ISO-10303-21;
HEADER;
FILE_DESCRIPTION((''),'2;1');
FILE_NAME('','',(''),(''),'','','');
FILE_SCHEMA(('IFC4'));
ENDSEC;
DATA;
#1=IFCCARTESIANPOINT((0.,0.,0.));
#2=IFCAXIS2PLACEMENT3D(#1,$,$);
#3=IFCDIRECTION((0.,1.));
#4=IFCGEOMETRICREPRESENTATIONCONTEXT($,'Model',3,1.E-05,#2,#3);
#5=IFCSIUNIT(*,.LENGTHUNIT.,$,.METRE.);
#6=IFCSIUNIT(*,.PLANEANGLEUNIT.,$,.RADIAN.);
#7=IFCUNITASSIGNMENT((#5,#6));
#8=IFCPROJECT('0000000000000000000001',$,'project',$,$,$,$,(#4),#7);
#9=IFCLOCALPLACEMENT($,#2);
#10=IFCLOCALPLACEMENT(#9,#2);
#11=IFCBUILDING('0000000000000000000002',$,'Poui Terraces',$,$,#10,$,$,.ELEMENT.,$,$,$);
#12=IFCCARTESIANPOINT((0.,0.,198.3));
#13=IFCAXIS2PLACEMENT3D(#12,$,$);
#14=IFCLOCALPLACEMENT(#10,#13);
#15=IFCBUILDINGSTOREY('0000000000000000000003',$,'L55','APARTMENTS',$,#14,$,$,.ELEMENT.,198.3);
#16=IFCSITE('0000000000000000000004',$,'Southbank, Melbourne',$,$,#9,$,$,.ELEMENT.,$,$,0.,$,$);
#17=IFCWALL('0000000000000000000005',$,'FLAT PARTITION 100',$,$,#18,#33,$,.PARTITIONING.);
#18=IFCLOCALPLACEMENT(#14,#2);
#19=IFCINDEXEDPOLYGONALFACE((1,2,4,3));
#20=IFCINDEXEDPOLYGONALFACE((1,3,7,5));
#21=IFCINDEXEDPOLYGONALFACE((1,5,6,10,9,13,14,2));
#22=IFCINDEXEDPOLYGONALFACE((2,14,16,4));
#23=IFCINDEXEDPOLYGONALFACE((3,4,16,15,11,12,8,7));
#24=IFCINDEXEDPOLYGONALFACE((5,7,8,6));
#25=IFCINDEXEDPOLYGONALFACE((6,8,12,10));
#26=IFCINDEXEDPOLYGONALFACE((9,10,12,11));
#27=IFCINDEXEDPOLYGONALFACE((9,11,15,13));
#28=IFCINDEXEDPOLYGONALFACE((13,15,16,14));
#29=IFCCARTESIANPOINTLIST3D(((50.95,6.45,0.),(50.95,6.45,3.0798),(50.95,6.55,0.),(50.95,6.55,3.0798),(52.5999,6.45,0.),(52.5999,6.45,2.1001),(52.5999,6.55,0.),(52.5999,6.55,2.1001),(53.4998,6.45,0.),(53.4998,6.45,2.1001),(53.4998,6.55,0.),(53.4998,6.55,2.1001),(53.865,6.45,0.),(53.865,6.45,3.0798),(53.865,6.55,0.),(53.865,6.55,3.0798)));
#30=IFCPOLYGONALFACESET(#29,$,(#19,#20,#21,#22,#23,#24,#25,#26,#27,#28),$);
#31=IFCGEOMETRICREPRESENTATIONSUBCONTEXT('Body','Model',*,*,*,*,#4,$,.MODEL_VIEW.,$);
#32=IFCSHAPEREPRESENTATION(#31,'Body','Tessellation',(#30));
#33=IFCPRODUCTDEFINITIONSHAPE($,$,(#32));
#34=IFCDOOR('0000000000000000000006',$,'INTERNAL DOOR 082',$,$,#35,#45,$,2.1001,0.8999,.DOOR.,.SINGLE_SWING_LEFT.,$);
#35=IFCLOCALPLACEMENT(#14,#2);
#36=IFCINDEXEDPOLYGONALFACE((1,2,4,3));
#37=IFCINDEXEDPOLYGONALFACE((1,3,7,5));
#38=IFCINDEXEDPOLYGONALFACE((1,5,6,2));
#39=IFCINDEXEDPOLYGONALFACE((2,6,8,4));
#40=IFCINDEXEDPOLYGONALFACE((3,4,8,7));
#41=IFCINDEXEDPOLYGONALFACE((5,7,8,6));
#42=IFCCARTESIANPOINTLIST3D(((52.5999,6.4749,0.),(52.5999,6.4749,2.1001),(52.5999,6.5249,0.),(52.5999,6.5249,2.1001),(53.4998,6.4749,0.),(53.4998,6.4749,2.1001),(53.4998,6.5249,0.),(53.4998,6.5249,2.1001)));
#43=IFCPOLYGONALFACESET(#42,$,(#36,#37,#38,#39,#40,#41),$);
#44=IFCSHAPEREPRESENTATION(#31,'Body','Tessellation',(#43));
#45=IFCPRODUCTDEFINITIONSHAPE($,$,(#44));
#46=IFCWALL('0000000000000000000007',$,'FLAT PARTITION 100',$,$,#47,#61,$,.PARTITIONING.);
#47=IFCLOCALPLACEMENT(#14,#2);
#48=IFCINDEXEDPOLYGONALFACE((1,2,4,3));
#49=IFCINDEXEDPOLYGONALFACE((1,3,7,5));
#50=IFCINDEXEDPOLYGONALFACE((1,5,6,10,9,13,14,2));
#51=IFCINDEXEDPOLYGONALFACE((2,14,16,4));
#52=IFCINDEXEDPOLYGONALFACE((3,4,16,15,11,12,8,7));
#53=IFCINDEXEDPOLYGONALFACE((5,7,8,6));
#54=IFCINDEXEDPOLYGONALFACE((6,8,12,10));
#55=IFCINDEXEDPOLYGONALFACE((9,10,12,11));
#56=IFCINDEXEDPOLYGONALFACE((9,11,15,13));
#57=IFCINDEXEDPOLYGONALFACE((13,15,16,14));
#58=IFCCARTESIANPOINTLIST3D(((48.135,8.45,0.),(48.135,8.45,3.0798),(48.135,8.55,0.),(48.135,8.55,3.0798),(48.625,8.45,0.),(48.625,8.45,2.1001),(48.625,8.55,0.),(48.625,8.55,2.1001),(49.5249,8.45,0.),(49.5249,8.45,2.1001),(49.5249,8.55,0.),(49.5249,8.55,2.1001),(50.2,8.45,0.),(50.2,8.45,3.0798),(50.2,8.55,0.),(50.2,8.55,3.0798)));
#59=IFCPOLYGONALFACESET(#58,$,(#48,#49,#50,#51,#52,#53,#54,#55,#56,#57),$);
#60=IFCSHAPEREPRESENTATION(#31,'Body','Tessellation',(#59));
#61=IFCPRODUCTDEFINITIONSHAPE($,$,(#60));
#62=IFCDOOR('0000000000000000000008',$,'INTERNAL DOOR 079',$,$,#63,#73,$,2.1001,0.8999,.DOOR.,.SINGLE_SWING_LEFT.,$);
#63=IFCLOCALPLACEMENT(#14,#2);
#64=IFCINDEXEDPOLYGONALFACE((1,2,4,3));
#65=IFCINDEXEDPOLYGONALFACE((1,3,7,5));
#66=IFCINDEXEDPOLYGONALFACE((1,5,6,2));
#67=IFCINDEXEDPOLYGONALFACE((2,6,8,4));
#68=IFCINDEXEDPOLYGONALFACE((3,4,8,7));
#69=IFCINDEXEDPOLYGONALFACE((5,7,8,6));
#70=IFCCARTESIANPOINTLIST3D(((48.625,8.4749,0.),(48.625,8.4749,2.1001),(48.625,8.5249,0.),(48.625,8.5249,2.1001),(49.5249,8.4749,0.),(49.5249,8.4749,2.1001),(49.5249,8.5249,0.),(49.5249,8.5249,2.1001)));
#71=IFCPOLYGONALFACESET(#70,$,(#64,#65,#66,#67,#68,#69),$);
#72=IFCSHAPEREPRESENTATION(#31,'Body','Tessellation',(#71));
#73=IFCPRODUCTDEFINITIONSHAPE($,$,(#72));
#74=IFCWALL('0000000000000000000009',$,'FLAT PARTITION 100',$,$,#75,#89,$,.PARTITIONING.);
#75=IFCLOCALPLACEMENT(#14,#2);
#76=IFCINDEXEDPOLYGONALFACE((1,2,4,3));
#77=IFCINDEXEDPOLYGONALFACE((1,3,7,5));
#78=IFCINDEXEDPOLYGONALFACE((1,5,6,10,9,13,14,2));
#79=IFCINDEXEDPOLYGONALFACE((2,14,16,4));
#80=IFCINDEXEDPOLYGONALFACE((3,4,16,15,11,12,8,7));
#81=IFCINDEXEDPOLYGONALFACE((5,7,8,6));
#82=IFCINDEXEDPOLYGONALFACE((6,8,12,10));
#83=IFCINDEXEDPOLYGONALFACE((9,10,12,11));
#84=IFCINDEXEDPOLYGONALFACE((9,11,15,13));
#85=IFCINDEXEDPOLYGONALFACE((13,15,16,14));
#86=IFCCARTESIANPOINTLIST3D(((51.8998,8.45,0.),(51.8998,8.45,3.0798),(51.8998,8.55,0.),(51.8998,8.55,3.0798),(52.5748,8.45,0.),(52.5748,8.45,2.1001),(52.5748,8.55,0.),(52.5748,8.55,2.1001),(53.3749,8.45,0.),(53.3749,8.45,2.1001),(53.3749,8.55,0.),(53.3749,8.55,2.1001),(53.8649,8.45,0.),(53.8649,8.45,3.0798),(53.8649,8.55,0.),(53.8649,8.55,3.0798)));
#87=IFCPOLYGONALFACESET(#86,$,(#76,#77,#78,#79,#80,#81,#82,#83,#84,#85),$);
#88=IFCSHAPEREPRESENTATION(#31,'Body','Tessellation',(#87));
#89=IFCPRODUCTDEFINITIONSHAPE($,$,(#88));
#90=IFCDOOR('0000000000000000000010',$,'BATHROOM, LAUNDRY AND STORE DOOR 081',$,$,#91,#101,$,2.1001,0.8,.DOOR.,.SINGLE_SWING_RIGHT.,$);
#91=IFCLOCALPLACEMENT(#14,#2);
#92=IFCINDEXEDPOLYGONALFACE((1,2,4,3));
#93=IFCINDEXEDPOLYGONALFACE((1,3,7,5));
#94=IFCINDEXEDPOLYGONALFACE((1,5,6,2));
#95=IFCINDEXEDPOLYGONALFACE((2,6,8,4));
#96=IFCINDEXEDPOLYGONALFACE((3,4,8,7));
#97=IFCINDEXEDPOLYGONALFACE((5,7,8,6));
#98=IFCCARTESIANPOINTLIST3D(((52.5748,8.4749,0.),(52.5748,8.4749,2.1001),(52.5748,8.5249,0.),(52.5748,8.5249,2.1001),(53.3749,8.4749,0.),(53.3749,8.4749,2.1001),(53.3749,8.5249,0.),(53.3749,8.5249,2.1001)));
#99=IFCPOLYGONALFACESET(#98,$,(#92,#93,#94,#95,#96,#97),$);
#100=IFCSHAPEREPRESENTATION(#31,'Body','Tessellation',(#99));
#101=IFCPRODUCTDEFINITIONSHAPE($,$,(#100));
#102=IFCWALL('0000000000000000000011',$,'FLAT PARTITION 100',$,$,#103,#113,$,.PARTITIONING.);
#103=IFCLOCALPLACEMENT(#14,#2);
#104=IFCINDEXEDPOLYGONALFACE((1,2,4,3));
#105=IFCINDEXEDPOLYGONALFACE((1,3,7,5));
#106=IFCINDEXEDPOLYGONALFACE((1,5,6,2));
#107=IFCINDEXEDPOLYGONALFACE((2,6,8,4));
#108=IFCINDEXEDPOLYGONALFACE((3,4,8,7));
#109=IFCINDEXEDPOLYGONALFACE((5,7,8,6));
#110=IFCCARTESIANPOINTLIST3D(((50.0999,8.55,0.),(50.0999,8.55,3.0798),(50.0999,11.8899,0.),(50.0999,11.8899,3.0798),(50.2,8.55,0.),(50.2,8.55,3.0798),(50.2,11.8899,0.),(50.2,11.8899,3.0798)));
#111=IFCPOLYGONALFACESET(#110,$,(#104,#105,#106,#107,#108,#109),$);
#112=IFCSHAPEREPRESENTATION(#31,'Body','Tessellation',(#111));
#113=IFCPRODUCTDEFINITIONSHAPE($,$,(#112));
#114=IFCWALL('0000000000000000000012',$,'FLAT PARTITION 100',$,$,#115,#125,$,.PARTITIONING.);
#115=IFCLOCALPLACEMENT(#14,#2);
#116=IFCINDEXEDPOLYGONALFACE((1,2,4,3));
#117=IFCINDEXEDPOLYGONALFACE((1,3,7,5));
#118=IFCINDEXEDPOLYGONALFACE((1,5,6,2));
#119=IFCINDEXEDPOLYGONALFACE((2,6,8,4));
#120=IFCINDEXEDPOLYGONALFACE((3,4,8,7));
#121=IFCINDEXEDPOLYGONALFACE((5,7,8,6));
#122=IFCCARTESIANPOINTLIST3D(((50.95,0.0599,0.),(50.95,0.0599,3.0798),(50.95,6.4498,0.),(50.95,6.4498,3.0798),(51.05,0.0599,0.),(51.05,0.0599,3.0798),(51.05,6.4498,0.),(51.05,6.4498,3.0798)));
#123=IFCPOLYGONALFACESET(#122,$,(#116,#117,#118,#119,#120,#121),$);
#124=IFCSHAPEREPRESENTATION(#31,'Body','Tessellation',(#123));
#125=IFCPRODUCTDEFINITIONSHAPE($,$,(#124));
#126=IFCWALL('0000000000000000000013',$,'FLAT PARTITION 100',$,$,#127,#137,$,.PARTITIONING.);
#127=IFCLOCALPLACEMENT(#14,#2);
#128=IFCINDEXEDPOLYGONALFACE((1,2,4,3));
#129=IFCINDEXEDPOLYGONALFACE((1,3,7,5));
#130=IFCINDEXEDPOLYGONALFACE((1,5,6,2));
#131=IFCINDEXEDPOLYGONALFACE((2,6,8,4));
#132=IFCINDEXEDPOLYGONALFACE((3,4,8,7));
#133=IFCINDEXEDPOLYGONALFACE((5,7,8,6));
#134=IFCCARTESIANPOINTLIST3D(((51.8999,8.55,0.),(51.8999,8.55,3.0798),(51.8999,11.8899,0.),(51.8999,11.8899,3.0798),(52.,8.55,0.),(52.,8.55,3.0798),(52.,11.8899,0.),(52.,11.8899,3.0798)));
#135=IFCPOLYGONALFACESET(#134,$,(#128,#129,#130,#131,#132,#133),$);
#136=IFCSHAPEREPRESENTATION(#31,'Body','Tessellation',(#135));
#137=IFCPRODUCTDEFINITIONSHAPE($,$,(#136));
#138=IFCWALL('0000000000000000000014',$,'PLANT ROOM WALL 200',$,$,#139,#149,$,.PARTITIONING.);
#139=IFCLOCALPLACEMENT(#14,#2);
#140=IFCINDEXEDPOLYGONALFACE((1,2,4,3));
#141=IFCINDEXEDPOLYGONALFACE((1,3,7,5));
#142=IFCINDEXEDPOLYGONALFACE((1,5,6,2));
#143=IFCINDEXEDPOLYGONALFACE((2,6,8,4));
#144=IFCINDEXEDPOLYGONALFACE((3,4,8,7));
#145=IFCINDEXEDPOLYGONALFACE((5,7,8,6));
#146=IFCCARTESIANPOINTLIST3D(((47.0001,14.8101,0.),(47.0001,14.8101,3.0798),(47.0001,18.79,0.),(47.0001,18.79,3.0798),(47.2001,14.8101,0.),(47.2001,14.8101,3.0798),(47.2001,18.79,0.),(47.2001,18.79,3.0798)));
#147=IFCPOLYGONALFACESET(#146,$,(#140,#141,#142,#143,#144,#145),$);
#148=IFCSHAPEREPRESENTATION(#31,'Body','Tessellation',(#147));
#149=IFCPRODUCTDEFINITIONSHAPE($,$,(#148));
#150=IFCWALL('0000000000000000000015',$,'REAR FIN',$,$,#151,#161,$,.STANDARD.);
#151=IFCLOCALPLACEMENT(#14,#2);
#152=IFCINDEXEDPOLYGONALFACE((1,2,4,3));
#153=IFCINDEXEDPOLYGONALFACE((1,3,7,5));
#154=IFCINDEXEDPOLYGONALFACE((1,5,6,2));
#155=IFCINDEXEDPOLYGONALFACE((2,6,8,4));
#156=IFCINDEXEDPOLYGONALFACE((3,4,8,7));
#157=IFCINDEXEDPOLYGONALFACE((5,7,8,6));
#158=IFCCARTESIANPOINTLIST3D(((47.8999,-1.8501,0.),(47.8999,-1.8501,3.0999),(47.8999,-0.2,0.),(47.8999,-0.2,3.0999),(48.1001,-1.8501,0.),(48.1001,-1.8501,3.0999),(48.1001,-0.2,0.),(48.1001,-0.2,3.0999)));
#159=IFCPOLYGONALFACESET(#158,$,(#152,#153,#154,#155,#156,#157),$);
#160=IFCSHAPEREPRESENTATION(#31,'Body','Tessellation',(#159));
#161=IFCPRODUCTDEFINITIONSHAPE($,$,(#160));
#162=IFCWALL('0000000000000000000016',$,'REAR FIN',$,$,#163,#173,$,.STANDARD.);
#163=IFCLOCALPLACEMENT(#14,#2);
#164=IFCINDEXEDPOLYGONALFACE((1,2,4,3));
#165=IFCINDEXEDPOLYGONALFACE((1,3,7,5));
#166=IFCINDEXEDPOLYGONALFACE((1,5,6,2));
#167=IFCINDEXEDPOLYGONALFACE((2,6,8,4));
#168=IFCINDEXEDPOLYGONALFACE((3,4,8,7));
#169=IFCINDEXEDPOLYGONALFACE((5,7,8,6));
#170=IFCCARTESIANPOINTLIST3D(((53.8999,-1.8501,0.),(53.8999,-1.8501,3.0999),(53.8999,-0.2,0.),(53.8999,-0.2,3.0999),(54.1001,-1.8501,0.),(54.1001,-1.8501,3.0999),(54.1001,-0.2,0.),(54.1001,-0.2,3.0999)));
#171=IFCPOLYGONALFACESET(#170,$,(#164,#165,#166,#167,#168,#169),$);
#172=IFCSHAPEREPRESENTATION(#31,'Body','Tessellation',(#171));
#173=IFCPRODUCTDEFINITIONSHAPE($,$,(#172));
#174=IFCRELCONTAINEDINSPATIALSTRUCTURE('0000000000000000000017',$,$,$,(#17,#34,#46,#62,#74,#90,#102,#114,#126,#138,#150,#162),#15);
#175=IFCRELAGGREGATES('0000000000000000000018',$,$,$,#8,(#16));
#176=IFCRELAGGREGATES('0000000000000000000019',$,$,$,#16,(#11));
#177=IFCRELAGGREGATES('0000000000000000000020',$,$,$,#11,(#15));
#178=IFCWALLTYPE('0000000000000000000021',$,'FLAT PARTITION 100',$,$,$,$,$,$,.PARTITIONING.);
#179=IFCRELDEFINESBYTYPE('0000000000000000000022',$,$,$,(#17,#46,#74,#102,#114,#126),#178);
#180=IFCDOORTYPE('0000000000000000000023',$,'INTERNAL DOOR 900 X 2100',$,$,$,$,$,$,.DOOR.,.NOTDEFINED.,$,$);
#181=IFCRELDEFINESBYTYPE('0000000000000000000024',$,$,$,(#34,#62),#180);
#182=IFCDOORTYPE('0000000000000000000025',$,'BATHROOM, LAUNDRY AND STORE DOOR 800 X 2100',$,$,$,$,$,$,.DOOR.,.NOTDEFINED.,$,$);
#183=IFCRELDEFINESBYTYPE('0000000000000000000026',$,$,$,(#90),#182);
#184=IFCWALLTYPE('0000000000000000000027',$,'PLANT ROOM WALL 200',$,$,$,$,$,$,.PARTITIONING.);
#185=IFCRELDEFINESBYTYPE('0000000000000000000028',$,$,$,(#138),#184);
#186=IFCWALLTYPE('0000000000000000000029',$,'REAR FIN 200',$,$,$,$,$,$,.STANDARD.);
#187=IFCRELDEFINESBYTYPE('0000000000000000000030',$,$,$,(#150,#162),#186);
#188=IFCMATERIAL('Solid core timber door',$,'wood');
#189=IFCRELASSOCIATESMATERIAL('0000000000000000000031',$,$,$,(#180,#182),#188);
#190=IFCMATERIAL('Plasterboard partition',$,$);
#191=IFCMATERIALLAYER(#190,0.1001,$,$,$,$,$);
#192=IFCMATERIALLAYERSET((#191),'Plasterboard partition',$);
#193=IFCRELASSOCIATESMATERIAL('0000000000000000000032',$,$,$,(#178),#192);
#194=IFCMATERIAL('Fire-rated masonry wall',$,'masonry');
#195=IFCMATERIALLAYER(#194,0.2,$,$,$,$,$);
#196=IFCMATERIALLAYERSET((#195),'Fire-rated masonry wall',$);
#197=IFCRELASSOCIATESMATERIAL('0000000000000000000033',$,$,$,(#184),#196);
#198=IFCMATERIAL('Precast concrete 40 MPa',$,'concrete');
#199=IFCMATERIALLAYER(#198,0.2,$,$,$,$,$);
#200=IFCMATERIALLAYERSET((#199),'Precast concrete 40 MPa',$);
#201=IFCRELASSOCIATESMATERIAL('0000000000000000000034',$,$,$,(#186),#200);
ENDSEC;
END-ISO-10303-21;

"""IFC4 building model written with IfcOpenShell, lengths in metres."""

from ifc_helpers import new_model, si_unit, direction, frame, frame_2d, origin, place, context, subcontext, project, spatial, polyline, rectangle, outline, extrude, source, transform, mapped, material, layer, layer_set, type_object, element, fill, save


model = new_model("IFC4")

# Units and contexts
model_context = context("Model", 3, precision=1e-05, world=origin(), true_north=direction((0.0, 1.0)))
body_context = subcontext(model_context, "Body", "Model", "MODEL_VIEW")
ifc_project = project(units=[si_unit("LENGTHUNIT", "METRE"), si_unit("PLANEANGLEUNIT", "RADIAN")], contexts=[model_context])

# Site, building, storey
site_placement = place(None, origin())
site = spatial("IfcSite", under=ifc_project, at=site_placement, Name="Southbank, Melbourne", CompositionType="ELEMENT", RefElevation=0.0)
building_placement = place(site_placement, origin())
building = spatial("IfcBuilding", under=site, at=building_placement, Name="Poui Terraces", CompositionType="ELEMENT")
storey_placement = place(building_placement, frame((0.0, 0.0, 198.3)))
storey = spatial("IfcBuildingStorey", under=building, at=storey_placement, Name="L55", Description="APARTMENTS", CompositionType="ELEMENT", Elevation=198.3)

# Shared definitions
ifc_material_1 = material(Name="Precast concrete 40 MPa", Category="concrete")

# Shared definitions
ifc_material_2 = material(Name="Solid core timber door", Category="wood")
door_type_1 = type_object("IfcDoorType", Name="INTERNAL DOOR 900 X 2100", OperationType="NOTDEFINED", PredefinedType="DOOR", material=ifc_material_2)

# Walls, openings, doors
ifc_material_3 = material(Name="Plasterboard partition")
ifc_layer_1 = layer(ifc_material_3, 0.1001)
ifc_layer_set_1 = layer_set([ifc_layer_1], Name="Plasterboard partition")
wall_type_1 = type_object("IfcWallType", Name="FLAT PARTITION 100", PredefinedType="PARTITIONING", material=ifc_layer_set_1)
wall_1_placement = place(storey_placement, frame((50.95, 6.5, 0.0), z_axis=(0.0, 0.0, 1.0), x_axis=(1.0, 0.0, 0.0)))
wall_1 = element("IfcWall", 1, at=wall_1_placement, inside=storey, type_object=wall_type_1, Name="FLAT PARTITION 100", PredefinedType="PARTITIONING", context=body_context, shape_type="SweptSolid", body=[
    extrude(rectangle(XDim=2.915, YDim=0.1001, at=frame_2d((1.4575, 0.0))), origin(), (0.0, 0.0, 1.0), 3.0798),
])
opening_1_placement = place(wall_1_placement, frame((1.6499, 0.0, 0.0)))
opening_1 = element("IfcOpeningElement", 2, at=opening_1_placement, cuts=wall_1, PredefinedType="OPENING", context=body_context, shape_type="SweptSolid", body=[
    extrude(rectangle(XDim=0.8999, YDim=2.1001, at=frame_2d((0.45, 1.05))), frame((0.0, 0.0601, 0.0), z_axis=(0.0, -1.0, 0.0), x_axis=(1.0, 0.0, 0.0)), (0.0, 0.0, 1.0), 0.1201),
])
door_1_placement = place(opening_1_placement, origin())
door_1 = element("IfcDoor", 3, at=door_1_placement, inside=storey, type_object=door_type_1, Name="INTERNAL DOOR 082", OperationType="SINGLE_SWING_LEFT", OverallHeight=2.1001, OverallWidth=0.8999, PredefinedType="DOOR", context=body_context, shape_type="SweptSolid", body=[
    extrude(rectangle(XDim=0.8999, YDim=2.1001, at=frame_2d((0.45, 1.05))), frame((0.0, 0.0249, 0.0), z_axis=(0.0, -1.0, 0.0), x_axis=(1.0, 0.0, 0.0)), (0.0, 0.0, 1.0), 0.05),
])
fill(opening_1, door_1)
wall_2_placement = place(storey_placement, frame((48.135, 8.5, 0.0), z_axis=(0.0, 0.0, 1.0), x_axis=(1.0, 0.0, 0.0)))
wall_2 = element("IfcWall", 4, at=wall_2_placement, inside=storey, type_object=wall_type_1, Name="FLAT PARTITION 100", PredefinedType="PARTITIONING", context=body_context, shape_type="SweptSolid", body=[
    extrude(rectangle(XDim=2.0649, YDim=0.1001, at=frame_2d((1.0325, 0.0))), origin(), (0.0, 0.0, 1.0), 3.0798),
])
opening_2_placement = place(wall_2_placement, frame((0.49, 0.0, 0.0)))
opening_2 = element("IfcOpeningElement", 5, at=opening_2_placement, cuts=wall_2, PredefinedType="OPENING", context=body_context, shape_type="SweptSolid", body=[
    extrude(rectangle(XDim=0.8999, YDim=2.1001, at=frame_2d((0.45, 1.05))), frame((0.0, 0.0601, 0.0), z_axis=(0.0, -1.0, 0.0), x_axis=(1.0, 0.0, 0.0)), (0.0, 0.0, 1.0), 0.1201),
])
door_2_placement = place(opening_2_placement, origin())
door_2 = element("IfcDoor", 6, at=door_2_placement, inside=storey, type_object=door_type_1, Name="INTERNAL DOOR 079", OperationType="SINGLE_SWING_LEFT", OverallHeight=2.1001, OverallWidth=0.8999, PredefinedType="DOOR", context=body_context, shape_type="SweptSolid", body=[
    extrude(rectangle(XDim=0.8999, YDim=2.1001, at=frame_2d((0.45, 1.05))), frame((0.0, 0.0249, 0.0), z_axis=(0.0, -1.0, 0.0), x_axis=(1.0, 0.0, 0.0)), (0.0, 0.0, 1.0), 0.05),
])
fill(opening_2, door_2)
wall_3_placement = place(storey_placement, frame((51.8999, 8.5, 0.0), z_axis=(0.0, 0.0, 1.0), x_axis=(1.0, 0.0, 0.0)))
wall_3 = element("IfcWall", 7, at=wall_3_placement, inside=storey, type_object=wall_type_1, Name="FLAT PARTITION 100", PredefinedType="PARTITIONING", context=body_context, shape_type="SweptSolid", body=[
    extrude(rectangle(XDim=1.9651, YDim=0.1001, at=frame_2d((0.9824, 0.0))), origin(), (0.0, 0.0, 1.0), 3.0798),
])
opening_3_placement = place(wall_3_placement, frame((0.675, 0.0, 0.0)))
opening_3 = element("IfcOpeningElement", 8, at=opening_3_placement, cuts=wall_3, PredefinedType="OPENING", context=body_context, shape_type="SweptSolid", body=[
    extrude(rectangle(XDim=0.8, YDim=2.1001, at=frame_2d((0.3999, 1.05))), frame((0.0, 0.0601, 0.0), z_axis=(0.0, -1.0, 0.0), x_axis=(1.0, 0.0, 0.0)), (0.0, 0.0, 1.0), 0.1201),
])
door_type_2 = type_object("IfcDoorType", Name="BATHROOM, LAUNDRY AND STORE DOOR 800 X 2100", OperationType="NOTDEFINED", PredefinedType="DOOR", material=ifc_material_2)
door_3_placement = place(opening_3_placement, origin())
door_3 = element("IfcDoor", 9, at=door_3_placement, inside=storey, type_object=door_type_2, Name="BATHROOM, LAUNDRY AND STORE DOOR 081", OperationType="SINGLE_SWING_RIGHT", OverallHeight=2.1001, OverallWidth=0.8, PredefinedType="DOOR", context=body_context, shape_type="SweptSolid", body=[
    extrude(rectangle(XDim=0.8, YDim=2.1001, at=frame_2d((0.3999, 1.05))), frame((0.0, 0.0249, 0.0), z_axis=(0.0, -1.0, 0.0), x_axis=(1.0, 0.0, 0.0)), (0.0, 0.0, 1.0), 0.05),
])
fill(opening_3, door_3)

# Walls
wall_4_placement = place(storey_placement, frame((50.1499, 8.55, 0.0), z_axis=(0.0, 0.0, 1.0), x_axis=(0.0, 1.0, 0.0)))
element("IfcWall", 10, at=wall_4_placement, inside=storey, type_object=wall_type_1, Name="FLAT PARTITION 100", PredefinedType="PARTITIONING", context=body_context, shape_type="SweptSolid", body=[
    extrude(rectangle(XDim=3.3398, YDim=0.1001, at=frame_2d((1.6699, 0.0))), origin(), (0.0, 0.0, 1.0), 3.0798),
])
wall_5_placement = place(storey_placement, frame((51.0, 0.0601, 0.0), z_axis=(0.0, 0.0, 1.0), x_axis=(0.0, 1.0, 0.0)))
element("IfcWall", 11, at=wall_5_placement, inside=storey, type_object=wall_type_1, Name="FLAT PARTITION 100", PredefinedType="PARTITIONING", context=body_context, shape_type="SweptSolid", body=[
    extrude(rectangle(XDim=6.3899, YDim=0.1001, at=frame_2d((3.1948, 0.0))), origin(), (0.0, 0.0, 1.0), 3.0798),
])
wall_6_placement = place(storey_placement, frame((51.95, 8.55, 0.0), z_axis=(0.0, 0.0, 1.0), x_axis=(0.0, 1.0, 0.0)))
element("IfcWall", 12, at=wall_6_placement, inside=storey, type_object=wall_type_1, Name="FLAT PARTITION 100", PredefinedType="PARTITIONING", context=body_context, shape_type="SweptSolid", body=[
    extrude(rectangle(XDim=3.3398, YDim=0.1001, at=frame_2d((1.6699, 0.0))), origin(), (0.0, 0.0, 1.0), 3.0798),
])
ifc_material_4 = material(Name="Fire-rated masonry wall", Category="masonry")
ifc_layer_2 = layer(ifc_material_4, 0.2)
ifc_layer_set_2 = layer_set([ifc_layer_2], Name="Fire-rated masonry wall")
wall_type_2 = type_object("IfcWallType", Name="PLANT ROOM WALL 200", PredefinedType="PARTITIONING", material=ifc_layer_set_2)
wall_7_placement = place(storey_placement, frame((47.1001, 14.8101, 0.0), z_axis=(0.0, 0.0, 1.0), x_axis=(0.0, 1.0, 0.0)))
element("IfcWall", 13, at=wall_7_placement, inside=storey, type_object=wall_type_2, Name="PLANT ROOM WALL 200", PredefinedType="PARTITIONING", context=body_context, shape_type="SweptSolid", body=[
    extrude(rectangle(XDim=3.98, YDim=0.2, at=frame_2d((1.99, 0.0))), origin(), (0.0, 0.0, 1.0), 3.0798),
])
ifc_layer_3 = layer(ifc_material_1, 0.2)
ifc_layer_set_3 = layer_set([ifc_layer_3], Name="Precast concrete 40 MPa")
wall_type_3 = type_object("IfcWallType", Name="REAR FIN 200", PredefinedType="STANDARD", material=ifc_layer_set_3)
shared_shape_1 = source(origin(), body_context, "Body", "SweptSolid", [
    extrude(outline(polyline([(0.0, 0.0), (0.2002, 0.0), (0.2002, 1.6501), (0.0, 1.6501), (0.0, 0.0)])), origin(), (0.0, 0.0, 1.0), 3.0999),
])
for number, where, name in (
    (14, (47.8999, -1.8501, 0.0), "REAR FIN"),
    (15, (53.8999, -1.8501, 0.0), "REAR FIN"),
):
    element("IfcWall", number, at=place(storey_placement, frame(where)), inside=storey, type_object=wall_type_3, Name=name, PredefinedType="STANDARD", context=body_context, shape_type="MappedRepresentation", body=[
        mapped(shared_shape_1, transform((0.0, 0.0, 0.0))),
    ])

save(model, "model.ifc")
